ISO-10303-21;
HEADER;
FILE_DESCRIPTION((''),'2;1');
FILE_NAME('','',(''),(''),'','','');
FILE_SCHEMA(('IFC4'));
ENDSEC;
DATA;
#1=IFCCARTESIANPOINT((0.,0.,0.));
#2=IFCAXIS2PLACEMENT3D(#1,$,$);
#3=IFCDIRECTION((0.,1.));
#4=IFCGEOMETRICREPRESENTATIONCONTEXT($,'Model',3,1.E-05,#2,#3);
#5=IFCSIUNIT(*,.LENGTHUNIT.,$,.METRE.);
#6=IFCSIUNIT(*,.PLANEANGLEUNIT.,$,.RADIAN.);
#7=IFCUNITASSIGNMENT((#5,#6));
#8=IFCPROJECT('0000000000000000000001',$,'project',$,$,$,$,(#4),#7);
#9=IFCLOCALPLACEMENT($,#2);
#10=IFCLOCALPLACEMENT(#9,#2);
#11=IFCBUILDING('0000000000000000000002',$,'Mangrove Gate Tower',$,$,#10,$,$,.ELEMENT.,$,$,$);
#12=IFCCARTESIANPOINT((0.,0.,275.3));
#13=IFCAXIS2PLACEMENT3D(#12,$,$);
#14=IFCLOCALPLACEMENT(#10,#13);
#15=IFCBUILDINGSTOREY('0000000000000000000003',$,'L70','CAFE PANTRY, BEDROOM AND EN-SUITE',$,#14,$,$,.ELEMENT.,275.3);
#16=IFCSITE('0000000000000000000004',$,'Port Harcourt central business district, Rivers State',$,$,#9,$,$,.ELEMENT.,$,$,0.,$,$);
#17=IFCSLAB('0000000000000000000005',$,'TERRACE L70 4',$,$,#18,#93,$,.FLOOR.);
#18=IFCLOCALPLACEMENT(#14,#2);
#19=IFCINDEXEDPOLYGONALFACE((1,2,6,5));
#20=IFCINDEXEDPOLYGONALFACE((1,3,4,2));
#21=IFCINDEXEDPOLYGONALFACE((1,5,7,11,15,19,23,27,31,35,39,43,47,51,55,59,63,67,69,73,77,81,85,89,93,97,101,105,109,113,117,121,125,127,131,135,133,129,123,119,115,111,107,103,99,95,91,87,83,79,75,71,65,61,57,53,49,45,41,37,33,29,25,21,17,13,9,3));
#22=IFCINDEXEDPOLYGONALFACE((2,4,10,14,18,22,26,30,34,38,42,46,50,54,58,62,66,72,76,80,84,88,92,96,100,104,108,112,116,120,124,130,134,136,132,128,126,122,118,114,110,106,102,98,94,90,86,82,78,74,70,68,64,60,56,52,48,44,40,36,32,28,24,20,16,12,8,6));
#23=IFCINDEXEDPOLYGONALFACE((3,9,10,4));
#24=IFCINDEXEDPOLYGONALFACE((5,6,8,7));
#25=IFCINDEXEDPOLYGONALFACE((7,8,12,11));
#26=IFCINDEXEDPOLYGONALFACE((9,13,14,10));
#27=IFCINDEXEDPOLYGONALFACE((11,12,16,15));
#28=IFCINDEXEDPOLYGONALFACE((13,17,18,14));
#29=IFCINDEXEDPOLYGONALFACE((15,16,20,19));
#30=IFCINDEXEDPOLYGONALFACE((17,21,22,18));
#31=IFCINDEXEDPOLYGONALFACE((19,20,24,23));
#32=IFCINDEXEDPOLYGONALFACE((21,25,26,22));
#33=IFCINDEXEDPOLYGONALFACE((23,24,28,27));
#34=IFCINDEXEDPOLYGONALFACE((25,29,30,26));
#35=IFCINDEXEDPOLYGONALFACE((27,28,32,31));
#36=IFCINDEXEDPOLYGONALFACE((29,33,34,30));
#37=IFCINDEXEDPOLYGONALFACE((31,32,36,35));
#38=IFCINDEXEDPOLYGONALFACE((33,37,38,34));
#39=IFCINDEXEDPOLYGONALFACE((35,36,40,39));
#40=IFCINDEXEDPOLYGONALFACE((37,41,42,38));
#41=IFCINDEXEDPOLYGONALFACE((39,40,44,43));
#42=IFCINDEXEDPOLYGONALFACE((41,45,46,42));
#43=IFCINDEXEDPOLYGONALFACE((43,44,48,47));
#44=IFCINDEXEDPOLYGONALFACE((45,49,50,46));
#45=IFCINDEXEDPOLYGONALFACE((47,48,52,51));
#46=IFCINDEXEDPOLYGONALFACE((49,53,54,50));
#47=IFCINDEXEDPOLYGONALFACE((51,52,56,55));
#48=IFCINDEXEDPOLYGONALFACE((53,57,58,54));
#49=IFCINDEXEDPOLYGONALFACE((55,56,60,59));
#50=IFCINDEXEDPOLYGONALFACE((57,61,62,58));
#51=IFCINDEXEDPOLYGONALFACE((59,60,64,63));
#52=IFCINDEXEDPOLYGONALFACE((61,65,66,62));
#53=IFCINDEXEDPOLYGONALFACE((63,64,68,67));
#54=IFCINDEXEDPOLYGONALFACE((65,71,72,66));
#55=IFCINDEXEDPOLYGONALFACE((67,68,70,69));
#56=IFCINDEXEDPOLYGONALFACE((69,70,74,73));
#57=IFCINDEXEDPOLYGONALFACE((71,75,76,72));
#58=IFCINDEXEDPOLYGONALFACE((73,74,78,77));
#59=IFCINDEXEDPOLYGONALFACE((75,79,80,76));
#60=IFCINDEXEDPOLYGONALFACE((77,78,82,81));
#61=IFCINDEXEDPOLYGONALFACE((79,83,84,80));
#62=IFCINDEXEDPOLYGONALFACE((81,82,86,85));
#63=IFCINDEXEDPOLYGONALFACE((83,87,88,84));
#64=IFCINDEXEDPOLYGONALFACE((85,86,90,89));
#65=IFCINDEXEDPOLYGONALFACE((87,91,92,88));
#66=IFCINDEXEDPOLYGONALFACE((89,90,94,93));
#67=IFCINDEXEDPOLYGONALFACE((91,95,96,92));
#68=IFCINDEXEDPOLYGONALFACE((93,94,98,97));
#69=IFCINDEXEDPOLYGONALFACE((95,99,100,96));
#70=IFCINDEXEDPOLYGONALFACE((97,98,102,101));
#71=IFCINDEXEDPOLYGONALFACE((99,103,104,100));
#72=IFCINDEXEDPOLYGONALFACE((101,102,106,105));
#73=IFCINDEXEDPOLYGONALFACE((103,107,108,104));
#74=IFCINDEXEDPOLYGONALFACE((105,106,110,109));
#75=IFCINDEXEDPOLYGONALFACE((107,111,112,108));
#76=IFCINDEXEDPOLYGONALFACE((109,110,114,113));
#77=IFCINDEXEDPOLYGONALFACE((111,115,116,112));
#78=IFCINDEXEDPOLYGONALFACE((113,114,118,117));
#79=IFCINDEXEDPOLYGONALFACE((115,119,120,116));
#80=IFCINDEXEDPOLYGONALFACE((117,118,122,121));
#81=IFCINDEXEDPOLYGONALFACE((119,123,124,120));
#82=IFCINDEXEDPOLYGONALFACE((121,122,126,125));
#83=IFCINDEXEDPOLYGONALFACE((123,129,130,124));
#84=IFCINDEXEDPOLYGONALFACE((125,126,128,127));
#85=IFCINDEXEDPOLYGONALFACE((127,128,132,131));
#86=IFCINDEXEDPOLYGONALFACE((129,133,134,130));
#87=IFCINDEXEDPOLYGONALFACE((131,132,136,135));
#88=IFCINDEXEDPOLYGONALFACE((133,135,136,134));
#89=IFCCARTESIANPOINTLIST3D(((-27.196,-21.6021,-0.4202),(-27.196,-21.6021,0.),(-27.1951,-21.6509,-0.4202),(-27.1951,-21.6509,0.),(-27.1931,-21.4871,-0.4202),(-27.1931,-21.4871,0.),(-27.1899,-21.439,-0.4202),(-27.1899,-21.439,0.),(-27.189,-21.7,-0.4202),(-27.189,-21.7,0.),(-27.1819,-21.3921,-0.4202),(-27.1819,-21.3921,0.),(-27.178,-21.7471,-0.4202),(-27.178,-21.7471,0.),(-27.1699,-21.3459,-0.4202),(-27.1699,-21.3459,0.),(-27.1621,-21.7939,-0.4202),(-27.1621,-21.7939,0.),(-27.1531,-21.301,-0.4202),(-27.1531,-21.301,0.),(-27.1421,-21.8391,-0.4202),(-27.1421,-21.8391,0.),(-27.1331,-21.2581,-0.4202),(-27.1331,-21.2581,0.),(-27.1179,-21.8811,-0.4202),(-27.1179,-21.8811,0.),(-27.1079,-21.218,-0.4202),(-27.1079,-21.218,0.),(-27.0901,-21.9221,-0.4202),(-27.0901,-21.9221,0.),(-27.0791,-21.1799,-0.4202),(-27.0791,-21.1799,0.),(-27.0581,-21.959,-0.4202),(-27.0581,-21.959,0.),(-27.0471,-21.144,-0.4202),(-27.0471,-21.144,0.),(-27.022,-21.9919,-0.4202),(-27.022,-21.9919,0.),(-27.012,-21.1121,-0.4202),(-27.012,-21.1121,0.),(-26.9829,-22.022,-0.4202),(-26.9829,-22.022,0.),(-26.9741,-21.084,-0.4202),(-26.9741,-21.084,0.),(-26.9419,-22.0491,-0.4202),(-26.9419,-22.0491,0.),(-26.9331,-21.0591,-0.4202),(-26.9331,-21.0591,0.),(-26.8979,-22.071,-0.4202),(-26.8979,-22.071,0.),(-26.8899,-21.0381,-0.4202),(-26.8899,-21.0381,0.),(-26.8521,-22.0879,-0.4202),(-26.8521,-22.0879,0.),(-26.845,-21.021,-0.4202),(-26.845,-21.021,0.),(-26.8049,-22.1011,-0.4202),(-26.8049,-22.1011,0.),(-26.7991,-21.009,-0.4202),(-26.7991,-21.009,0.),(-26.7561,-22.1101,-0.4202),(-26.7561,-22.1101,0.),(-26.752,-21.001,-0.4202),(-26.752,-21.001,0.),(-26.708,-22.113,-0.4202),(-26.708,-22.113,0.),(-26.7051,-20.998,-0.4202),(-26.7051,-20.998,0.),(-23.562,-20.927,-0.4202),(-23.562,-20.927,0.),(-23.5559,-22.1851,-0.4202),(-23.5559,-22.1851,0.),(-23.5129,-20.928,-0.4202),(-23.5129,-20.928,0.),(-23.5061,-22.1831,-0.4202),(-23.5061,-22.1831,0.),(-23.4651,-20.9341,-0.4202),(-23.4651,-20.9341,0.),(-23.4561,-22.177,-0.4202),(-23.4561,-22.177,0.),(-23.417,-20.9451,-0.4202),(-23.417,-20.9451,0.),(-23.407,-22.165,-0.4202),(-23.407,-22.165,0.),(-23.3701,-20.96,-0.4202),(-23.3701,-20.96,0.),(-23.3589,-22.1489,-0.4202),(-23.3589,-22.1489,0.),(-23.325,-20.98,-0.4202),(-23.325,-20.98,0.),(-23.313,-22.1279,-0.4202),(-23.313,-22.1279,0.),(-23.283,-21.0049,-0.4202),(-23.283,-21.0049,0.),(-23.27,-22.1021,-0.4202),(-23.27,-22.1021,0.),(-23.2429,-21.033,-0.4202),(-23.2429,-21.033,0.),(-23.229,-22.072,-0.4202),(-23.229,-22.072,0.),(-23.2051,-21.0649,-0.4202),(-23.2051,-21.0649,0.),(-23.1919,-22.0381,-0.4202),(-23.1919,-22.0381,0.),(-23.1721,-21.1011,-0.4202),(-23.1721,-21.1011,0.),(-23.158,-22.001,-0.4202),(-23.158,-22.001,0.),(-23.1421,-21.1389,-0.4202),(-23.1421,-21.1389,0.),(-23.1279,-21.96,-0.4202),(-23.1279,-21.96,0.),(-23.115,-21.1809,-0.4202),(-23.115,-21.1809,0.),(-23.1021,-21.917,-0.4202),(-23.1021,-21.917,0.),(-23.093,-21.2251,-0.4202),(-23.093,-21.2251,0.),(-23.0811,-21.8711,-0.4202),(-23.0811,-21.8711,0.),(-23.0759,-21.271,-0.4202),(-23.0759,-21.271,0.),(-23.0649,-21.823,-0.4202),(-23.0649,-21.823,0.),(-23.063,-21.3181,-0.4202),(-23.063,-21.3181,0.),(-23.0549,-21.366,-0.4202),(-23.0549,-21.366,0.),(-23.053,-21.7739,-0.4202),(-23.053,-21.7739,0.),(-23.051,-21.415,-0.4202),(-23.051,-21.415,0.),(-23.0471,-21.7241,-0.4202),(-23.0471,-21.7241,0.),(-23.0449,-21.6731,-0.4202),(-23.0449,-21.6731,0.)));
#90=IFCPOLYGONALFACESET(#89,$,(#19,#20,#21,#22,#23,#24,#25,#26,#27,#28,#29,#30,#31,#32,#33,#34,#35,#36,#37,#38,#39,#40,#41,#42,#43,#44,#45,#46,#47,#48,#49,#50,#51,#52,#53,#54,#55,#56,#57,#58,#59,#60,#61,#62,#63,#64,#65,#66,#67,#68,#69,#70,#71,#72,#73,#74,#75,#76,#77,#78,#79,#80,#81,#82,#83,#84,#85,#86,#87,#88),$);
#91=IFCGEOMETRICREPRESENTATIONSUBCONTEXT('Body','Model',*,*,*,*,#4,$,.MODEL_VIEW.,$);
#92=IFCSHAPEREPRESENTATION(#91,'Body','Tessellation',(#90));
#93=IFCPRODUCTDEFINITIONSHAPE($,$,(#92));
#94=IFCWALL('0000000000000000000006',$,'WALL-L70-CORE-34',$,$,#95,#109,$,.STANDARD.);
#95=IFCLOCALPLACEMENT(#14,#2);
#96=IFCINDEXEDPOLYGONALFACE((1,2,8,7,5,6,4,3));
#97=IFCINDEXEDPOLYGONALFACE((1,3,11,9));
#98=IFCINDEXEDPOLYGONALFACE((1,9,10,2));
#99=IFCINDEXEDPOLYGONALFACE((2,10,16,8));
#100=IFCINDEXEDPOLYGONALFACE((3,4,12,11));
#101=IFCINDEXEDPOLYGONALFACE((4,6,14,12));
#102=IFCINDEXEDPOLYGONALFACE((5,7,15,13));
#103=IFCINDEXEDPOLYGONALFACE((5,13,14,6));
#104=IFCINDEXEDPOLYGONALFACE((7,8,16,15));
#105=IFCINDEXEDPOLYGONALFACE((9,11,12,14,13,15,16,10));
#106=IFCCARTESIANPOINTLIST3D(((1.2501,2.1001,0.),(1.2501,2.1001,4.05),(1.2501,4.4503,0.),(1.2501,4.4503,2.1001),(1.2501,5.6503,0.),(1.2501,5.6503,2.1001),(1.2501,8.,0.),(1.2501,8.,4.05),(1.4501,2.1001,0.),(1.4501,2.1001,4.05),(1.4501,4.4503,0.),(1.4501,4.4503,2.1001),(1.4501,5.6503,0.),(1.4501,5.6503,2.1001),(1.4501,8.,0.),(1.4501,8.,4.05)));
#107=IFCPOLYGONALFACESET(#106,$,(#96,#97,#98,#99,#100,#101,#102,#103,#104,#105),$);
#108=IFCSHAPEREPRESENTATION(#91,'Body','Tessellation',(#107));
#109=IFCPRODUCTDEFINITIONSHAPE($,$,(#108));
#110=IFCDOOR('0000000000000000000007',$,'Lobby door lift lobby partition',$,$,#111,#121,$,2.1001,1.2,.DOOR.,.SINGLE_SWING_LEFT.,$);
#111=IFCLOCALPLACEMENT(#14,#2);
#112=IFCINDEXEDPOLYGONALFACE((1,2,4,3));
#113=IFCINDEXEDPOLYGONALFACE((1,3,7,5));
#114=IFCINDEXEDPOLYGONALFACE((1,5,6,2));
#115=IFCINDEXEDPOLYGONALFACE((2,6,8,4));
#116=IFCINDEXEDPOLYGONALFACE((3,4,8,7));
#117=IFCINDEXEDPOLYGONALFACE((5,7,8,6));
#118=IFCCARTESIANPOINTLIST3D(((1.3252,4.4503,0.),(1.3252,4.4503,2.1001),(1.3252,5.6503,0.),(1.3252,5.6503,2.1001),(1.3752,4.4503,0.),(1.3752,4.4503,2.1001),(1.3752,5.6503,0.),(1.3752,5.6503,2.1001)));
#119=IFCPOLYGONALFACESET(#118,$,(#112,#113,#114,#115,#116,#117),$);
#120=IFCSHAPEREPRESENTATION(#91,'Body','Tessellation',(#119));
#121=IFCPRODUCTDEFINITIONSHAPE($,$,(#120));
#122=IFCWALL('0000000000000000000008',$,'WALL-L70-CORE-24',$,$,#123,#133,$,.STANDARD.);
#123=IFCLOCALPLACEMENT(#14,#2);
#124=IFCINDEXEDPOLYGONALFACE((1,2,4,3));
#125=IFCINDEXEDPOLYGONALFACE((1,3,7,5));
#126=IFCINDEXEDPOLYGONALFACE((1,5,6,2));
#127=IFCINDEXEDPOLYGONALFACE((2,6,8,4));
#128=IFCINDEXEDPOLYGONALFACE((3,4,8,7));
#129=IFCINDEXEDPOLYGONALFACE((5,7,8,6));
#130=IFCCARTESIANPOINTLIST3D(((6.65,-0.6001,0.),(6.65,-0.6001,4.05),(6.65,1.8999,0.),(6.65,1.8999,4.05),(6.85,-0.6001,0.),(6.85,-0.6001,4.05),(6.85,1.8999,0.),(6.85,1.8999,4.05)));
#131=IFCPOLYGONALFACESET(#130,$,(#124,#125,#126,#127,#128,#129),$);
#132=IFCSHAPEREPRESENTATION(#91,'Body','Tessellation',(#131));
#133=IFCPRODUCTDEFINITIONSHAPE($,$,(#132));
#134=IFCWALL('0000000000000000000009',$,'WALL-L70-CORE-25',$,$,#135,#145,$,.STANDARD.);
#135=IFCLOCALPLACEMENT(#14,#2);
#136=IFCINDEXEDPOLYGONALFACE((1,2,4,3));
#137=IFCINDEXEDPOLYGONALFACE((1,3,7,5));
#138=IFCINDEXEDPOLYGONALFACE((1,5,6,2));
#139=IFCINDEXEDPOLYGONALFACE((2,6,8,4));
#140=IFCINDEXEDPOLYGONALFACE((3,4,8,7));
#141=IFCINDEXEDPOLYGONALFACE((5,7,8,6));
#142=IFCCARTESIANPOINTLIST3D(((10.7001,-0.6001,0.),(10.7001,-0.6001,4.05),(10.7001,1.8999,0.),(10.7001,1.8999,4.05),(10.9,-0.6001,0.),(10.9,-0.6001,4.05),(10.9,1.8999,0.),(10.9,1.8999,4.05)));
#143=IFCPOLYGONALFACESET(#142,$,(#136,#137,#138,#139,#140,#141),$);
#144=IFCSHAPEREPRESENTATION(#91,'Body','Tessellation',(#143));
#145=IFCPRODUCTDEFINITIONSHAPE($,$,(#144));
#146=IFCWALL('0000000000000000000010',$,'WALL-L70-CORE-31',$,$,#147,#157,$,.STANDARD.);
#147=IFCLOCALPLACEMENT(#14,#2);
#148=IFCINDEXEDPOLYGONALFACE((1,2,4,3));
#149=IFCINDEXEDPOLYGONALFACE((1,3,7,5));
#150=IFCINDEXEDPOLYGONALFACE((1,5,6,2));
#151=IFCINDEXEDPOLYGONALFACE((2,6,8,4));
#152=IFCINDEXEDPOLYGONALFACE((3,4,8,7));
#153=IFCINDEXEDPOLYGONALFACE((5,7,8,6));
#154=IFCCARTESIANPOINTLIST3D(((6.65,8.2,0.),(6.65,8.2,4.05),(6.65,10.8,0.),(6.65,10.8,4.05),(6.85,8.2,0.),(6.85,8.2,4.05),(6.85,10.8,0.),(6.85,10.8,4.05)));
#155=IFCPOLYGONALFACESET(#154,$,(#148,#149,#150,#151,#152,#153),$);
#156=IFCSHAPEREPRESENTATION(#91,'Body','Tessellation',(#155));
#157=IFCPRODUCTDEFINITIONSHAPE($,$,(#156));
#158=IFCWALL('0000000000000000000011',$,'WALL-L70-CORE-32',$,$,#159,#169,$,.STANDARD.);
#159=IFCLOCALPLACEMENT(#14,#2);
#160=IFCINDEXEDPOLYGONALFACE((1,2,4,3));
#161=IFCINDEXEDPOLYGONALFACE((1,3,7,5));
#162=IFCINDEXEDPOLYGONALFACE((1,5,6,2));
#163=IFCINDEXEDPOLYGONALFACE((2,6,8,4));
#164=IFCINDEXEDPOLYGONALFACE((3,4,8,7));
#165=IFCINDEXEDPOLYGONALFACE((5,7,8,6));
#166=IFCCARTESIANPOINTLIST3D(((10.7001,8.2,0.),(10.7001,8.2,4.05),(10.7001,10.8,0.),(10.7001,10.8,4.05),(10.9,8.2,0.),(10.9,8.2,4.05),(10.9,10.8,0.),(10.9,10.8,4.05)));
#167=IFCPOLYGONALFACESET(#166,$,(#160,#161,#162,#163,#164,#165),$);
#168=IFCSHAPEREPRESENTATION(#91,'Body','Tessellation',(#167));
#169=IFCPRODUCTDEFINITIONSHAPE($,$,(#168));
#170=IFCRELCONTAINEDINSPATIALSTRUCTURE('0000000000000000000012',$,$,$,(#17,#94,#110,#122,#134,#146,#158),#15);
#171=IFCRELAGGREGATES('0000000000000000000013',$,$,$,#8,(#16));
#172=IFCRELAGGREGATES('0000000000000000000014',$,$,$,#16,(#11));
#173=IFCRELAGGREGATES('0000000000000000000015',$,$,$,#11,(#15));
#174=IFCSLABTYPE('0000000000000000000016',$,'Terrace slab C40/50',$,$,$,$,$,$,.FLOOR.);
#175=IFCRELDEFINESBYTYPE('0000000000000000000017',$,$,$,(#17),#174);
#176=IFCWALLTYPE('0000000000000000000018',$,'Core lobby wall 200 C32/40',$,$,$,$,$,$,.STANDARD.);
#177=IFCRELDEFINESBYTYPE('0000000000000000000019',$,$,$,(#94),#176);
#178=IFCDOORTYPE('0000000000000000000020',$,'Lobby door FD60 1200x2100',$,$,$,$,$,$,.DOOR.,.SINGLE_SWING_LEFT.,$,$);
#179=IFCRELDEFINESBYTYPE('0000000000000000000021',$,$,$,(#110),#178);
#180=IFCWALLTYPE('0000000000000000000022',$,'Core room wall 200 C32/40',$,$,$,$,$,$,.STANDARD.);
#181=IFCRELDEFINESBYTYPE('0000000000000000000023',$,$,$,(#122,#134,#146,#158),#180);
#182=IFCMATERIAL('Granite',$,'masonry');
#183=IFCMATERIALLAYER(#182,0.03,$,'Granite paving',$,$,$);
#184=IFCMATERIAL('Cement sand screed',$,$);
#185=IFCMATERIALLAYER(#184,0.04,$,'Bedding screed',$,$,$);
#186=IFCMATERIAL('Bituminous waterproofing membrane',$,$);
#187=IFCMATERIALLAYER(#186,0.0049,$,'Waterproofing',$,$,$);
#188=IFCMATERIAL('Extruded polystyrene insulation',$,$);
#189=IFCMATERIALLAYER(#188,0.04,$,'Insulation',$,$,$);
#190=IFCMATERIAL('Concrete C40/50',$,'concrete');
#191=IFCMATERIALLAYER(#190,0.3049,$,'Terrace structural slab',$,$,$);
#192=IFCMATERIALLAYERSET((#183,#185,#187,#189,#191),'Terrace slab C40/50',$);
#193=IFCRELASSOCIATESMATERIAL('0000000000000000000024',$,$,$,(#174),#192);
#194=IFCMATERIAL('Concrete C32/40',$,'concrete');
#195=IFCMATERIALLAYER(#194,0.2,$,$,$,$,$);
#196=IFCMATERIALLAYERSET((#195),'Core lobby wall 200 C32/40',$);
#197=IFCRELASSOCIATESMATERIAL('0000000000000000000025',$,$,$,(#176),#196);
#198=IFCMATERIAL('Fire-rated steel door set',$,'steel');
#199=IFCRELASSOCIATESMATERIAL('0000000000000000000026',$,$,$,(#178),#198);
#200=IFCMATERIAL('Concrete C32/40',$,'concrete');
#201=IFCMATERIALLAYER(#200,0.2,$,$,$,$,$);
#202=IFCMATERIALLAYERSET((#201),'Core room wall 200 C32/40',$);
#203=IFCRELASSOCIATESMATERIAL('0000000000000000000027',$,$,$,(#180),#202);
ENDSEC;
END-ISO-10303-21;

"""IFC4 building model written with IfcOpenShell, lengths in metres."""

from ifc_helpers import new_model, si_unit, direction, frame, frame_2d, origin, place, context, subcontext, project, spatial, polyline, rectangle, outline, extrude, material, layer, layer_set, type_object, element, fill, save


model = new_model("IFC4")

# Units and contexts
model_context = context("Model", 3, precision=1e-05, world=origin(), true_north=direction((0.0, 1.0)))
body_context = subcontext(model_context, "Body", "Model", "MODEL_VIEW")
ifc_project = project(units=[si_unit("LENGTHUNIT", "METRE"), si_unit("PLANEANGLEUNIT", "RADIAN")], contexts=[model_context])

# Site, building, storey
site_placement = place(None, origin())
site = spatial("IfcSite", under=ifc_project, at=site_placement, Name="Port Harcourt central business district, Rivers State", CompositionType="ELEMENT", RefElevation=0.0)
building_placement = place(site_placement, origin())
building = spatial("IfcBuilding", under=site, at=building_placement, Name="Mangrove Gate Tower", CompositionType="ELEMENT")
storey_placement = place(building_placement, frame((0.0, 0.0, 275.3)))
storey = spatial("IfcBuildingStorey", under=building, at=storey_placement, Name="L70", Description="CAFE PANTRY, BEDROOM AND EN-SUITE", CompositionType="ELEMENT", Elevation=275.3)

# Shared definitions
ifc_material_1 = material(Name="Cement sand screed")
ifc_material_2 = material(Name="Bituminous waterproofing membrane")
ifc_material_3 = material(Name="Concrete C40/50", Category="concrete")

# Slab
ifc_material_4 = material(Name="Granite", Category="masonry")
ifc_layer_1 = layer(ifc_material_4, 0.03, Name="Granite paving")
ifc_layer_2 = layer(ifc_material_1, 0.04, Name="Bedding screed")
ifc_layer_3 = layer(ifc_material_2, 0.0049, Name="Waterproofing")
ifc_material_5 = material(Name="Extruded polystyrene insulation")
ifc_layer_4 = layer(ifc_material_5, 0.04, Name="Insulation")
ifc_layer_5 = layer(ifc_material_3, 0.3049, Name="Terrace structural slab")
ifc_layer_set_1 = layer_set([ifc_layer_1, ifc_layer_2, ifc_layer_3, ifc_layer_4, ifc_layer_5], Name="Terrace slab C40/50")
slab_type_1 = type_object("IfcSlabType", Name="Terrace slab C40/50", PredefinedType="FLOOR", material=ifc_layer_set_1)
slab_1_placement = place(storey_placement, frame((0.0, 0.0, -0.4202)))
element("IfcSlab", 1, at=slab_1_placement, inside=storey, type_object=slab_type_1, Name="TERRACE L70 4", PredefinedType="FLOOR", context=body_context, shape_type="SweptSolid", body=[
    extrude(outline(polyline([(-26.708, -22.113), (-23.5559, -22.1851), (-23.5061, -22.1831), (-23.4561, -22.177), (-23.407, -22.165), (-23.3589, -22.1489), (-23.313, -22.1279), (-23.27, -22.1021), (-23.229, -22.072), (-23.1919, -22.0381), (-23.158, -22.001), (-23.1279, -21.96), (-23.1021, -21.917), (-23.0811, -21.8711), (-23.0649, -21.823), (-23.053, -21.7739), (-23.0471, -21.7241), (-23.0449, -21.6731), (-23.051, -21.415), (-23.0549, -21.366), (-23.063, -21.3181), (-23.0759, -21.271), (-23.093, -21.2251), (-23.115, -21.1809), (-23.1421, -21.1389), (-23.1721, -21.1011), (-23.2051, -21.0649), (-23.2429, -21.033), (-23.283, -21.0049), (-23.325, -20.98), (-23.3701, -20.96), (-23.417, -20.9451), (-23.4651, -20.9341), (-23.5129, -20.928), (-23.562, -20.927), (-26.7051, -20.998), (-26.752, -21.001), (-26.7991, -21.009), (-26.845, -21.021), (-26.8899, -21.0381), (-26.9331, -21.0591), (-26.9741, -21.084), (-27.012, -21.1121), (-27.0471, -21.144), (-27.0791, -21.1799), (-27.1079, -21.218), (-27.1331, -21.2581), (-27.1531, -21.301), (-27.1699, -21.3459), (-27.1819, -21.3921), (-27.1899, -21.439), (-27.1931, -21.4871), (-27.196, -21.6021), (-27.1951, -21.6509), (-27.189, -21.7), (-27.178, -21.7471), (-27.1621, -21.7939), (-27.1421, -21.8391), (-27.1179, -21.8811), (-27.0901, -21.9221), (-27.0581, -21.959), (-27.022, -21.9919), (-26.9829, -22.022), (-26.9419, -22.0491), (-26.8979, -22.071), (-26.8521, -22.0879), (-26.8049, -22.1011), (-26.7561, -22.1101), (-26.708, -22.113)])), origin(), (0.0, 0.0, 1.0), 0.4202),
])

# Wall, opening, door
ifc_material_6 = material(Name="Concrete C32/40", Category="concrete")
ifc_layer_6 = layer(ifc_material_6, 0.2)
ifc_layer_set_2 = layer_set([ifc_layer_6], Name="Core lobby wall 200 C32/40")
wall_type_1 = type_object("IfcWallType", Name="Core lobby wall 200 C32/40", PredefinedType="STANDARD", material=ifc_layer_set_2)
wall_1_placement = place(storey_placement, frame((1.3501, 2.1001, 0.0), z_axis=(0.0, 0.0, 1.0), x_axis=(0.0, 1.0, 0.0)))
wall_1 = element("IfcWall", 2, at=wall_1_placement, inside=storey, type_object=wall_type_1, Name="WALL-L70-CORE-34", PredefinedType="STANDARD", context=body_context, shape_type="SweptSolid", body=[
    extrude(rectangle(XDim=5.8999, YDim=0.2, at=frame_2d((2.95, 0.0))), origin(), (0.0, 0.0, 1.0), 4.05),
])
opening_placement = place(wall_1_placement, frame((2.3501, 0.0, 0.0)))
opening = element("IfcOpeningElement", 3, at=opening_placement, cuts=wall_1, PredefinedType="OPENING", context=body_context, shape_type="SweptSolid", body=[
    extrude(rectangle(XDim=1.2, YDim=2.1001, at=frame_2d((0.6001, 1.05))), frame((0.0, 0.1099, 0.0), z_axis=(0.0, -1.0, 0.0), x_axis=(1.0, 0.0, 0.0)), (0.0, 0.0, 1.0), 0.22),
])
ifc_material_7 = material(Name="Fire-rated steel door set", Category="steel")
door_type = type_object("IfcDoorType", Name="Lobby door FD60 1200x2100", OperationType="SINGLE_SWING_LEFT", PredefinedType="DOOR", material=ifc_material_7)
door_placement = place(opening_placement, origin())
door = element("IfcDoor", 4, at=door_placement, inside=storey, type_object=door_type, Name="Lobby door lift lobby partition", OperationType="SINGLE_SWING_LEFT", OverallHeight=2.1001, OverallWidth=1.2, PredefinedType="DOOR", context=body_context, shape_type="SweptSolid", body=[
    extrude(rectangle(XDim=1.2, YDim=2.1001, at=frame_2d((0.6001, 1.05))), frame((0.0, 0.0249, 0.0), z_axis=(0.0, -1.0, 0.0), x_axis=(1.0, 0.0, 0.0)), (0.0, 0.0, 1.0), 0.05),
])
fill(opening, door)

# Walls
ifc_material_8 = material(Name="Concrete C32/40", Category="concrete")
ifc_layer_7 = layer(ifc_material_8, 0.2)
ifc_layer_set_3 = layer_set([ifc_layer_7], Name="Core room wall 200 C32/40")
wall_type_2 = type_object("IfcWallType", Name="Core room wall 200 C32/40", PredefinedType="STANDARD", material=ifc_layer_set_3)
for number, where, z_axis, x_axis, name in (
    (5, (6.75, -0.6001, 0.0), (0.0, 0.0, 1.0), (0.0, 1.0, 0.0), "WALL-L70-CORE-24"),
    (6, (10.8, -0.6001, 0.0), (0.0, 0.0, 1.0), (0.0, 1.0, 0.0), "WALL-L70-CORE-25"),
):
    element("IfcWall", number, at=place(storey_placement, frame(where, z_axis=z_axis, x_axis=x_axis)), inside=storey, type_object=wall_type_2, Name=name, PredefinedType="STANDARD", context=body_context, shape_type="SweptSolid", body=[
        extrude(rectangle(XDim=2.5, YDim=0.2, at=frame_2d((1.25, 0.0))), origin(), (0.0, 0.0, 1.0), 4.05),
    ])
for number, where, z_axis, x_axis, name in (
    (7, (6.75, 8.2, 0.0), (0.0, 0.0, 1.0), (0.0, 1.0, 0.0), "WALL-L70-CORE-31"),
    (8, (10.8, 8.2, 0.0), (0.0, 0.0, 1.0), (0.0, 1.0, 0.0), "WALL-L70-CORE-32"),
):
    element("IfcWall", number, at=place(storey_placement, frame(where, z_axis=z_axis, x_axis=x_axis)), inside=storey, type_object=wall_type_2, Name=name, PredefinedType="STANDARD", context=body_context, shape_type="SweptSolid", body=[
        extrude(rectangle(XDim=2.6001, YDim=0.2, at=frame_2d((1.3, 0.0))), origin(), (0.0, 0.0, 1.0), 4.05),
    ])

save(model, "model.ifc")
